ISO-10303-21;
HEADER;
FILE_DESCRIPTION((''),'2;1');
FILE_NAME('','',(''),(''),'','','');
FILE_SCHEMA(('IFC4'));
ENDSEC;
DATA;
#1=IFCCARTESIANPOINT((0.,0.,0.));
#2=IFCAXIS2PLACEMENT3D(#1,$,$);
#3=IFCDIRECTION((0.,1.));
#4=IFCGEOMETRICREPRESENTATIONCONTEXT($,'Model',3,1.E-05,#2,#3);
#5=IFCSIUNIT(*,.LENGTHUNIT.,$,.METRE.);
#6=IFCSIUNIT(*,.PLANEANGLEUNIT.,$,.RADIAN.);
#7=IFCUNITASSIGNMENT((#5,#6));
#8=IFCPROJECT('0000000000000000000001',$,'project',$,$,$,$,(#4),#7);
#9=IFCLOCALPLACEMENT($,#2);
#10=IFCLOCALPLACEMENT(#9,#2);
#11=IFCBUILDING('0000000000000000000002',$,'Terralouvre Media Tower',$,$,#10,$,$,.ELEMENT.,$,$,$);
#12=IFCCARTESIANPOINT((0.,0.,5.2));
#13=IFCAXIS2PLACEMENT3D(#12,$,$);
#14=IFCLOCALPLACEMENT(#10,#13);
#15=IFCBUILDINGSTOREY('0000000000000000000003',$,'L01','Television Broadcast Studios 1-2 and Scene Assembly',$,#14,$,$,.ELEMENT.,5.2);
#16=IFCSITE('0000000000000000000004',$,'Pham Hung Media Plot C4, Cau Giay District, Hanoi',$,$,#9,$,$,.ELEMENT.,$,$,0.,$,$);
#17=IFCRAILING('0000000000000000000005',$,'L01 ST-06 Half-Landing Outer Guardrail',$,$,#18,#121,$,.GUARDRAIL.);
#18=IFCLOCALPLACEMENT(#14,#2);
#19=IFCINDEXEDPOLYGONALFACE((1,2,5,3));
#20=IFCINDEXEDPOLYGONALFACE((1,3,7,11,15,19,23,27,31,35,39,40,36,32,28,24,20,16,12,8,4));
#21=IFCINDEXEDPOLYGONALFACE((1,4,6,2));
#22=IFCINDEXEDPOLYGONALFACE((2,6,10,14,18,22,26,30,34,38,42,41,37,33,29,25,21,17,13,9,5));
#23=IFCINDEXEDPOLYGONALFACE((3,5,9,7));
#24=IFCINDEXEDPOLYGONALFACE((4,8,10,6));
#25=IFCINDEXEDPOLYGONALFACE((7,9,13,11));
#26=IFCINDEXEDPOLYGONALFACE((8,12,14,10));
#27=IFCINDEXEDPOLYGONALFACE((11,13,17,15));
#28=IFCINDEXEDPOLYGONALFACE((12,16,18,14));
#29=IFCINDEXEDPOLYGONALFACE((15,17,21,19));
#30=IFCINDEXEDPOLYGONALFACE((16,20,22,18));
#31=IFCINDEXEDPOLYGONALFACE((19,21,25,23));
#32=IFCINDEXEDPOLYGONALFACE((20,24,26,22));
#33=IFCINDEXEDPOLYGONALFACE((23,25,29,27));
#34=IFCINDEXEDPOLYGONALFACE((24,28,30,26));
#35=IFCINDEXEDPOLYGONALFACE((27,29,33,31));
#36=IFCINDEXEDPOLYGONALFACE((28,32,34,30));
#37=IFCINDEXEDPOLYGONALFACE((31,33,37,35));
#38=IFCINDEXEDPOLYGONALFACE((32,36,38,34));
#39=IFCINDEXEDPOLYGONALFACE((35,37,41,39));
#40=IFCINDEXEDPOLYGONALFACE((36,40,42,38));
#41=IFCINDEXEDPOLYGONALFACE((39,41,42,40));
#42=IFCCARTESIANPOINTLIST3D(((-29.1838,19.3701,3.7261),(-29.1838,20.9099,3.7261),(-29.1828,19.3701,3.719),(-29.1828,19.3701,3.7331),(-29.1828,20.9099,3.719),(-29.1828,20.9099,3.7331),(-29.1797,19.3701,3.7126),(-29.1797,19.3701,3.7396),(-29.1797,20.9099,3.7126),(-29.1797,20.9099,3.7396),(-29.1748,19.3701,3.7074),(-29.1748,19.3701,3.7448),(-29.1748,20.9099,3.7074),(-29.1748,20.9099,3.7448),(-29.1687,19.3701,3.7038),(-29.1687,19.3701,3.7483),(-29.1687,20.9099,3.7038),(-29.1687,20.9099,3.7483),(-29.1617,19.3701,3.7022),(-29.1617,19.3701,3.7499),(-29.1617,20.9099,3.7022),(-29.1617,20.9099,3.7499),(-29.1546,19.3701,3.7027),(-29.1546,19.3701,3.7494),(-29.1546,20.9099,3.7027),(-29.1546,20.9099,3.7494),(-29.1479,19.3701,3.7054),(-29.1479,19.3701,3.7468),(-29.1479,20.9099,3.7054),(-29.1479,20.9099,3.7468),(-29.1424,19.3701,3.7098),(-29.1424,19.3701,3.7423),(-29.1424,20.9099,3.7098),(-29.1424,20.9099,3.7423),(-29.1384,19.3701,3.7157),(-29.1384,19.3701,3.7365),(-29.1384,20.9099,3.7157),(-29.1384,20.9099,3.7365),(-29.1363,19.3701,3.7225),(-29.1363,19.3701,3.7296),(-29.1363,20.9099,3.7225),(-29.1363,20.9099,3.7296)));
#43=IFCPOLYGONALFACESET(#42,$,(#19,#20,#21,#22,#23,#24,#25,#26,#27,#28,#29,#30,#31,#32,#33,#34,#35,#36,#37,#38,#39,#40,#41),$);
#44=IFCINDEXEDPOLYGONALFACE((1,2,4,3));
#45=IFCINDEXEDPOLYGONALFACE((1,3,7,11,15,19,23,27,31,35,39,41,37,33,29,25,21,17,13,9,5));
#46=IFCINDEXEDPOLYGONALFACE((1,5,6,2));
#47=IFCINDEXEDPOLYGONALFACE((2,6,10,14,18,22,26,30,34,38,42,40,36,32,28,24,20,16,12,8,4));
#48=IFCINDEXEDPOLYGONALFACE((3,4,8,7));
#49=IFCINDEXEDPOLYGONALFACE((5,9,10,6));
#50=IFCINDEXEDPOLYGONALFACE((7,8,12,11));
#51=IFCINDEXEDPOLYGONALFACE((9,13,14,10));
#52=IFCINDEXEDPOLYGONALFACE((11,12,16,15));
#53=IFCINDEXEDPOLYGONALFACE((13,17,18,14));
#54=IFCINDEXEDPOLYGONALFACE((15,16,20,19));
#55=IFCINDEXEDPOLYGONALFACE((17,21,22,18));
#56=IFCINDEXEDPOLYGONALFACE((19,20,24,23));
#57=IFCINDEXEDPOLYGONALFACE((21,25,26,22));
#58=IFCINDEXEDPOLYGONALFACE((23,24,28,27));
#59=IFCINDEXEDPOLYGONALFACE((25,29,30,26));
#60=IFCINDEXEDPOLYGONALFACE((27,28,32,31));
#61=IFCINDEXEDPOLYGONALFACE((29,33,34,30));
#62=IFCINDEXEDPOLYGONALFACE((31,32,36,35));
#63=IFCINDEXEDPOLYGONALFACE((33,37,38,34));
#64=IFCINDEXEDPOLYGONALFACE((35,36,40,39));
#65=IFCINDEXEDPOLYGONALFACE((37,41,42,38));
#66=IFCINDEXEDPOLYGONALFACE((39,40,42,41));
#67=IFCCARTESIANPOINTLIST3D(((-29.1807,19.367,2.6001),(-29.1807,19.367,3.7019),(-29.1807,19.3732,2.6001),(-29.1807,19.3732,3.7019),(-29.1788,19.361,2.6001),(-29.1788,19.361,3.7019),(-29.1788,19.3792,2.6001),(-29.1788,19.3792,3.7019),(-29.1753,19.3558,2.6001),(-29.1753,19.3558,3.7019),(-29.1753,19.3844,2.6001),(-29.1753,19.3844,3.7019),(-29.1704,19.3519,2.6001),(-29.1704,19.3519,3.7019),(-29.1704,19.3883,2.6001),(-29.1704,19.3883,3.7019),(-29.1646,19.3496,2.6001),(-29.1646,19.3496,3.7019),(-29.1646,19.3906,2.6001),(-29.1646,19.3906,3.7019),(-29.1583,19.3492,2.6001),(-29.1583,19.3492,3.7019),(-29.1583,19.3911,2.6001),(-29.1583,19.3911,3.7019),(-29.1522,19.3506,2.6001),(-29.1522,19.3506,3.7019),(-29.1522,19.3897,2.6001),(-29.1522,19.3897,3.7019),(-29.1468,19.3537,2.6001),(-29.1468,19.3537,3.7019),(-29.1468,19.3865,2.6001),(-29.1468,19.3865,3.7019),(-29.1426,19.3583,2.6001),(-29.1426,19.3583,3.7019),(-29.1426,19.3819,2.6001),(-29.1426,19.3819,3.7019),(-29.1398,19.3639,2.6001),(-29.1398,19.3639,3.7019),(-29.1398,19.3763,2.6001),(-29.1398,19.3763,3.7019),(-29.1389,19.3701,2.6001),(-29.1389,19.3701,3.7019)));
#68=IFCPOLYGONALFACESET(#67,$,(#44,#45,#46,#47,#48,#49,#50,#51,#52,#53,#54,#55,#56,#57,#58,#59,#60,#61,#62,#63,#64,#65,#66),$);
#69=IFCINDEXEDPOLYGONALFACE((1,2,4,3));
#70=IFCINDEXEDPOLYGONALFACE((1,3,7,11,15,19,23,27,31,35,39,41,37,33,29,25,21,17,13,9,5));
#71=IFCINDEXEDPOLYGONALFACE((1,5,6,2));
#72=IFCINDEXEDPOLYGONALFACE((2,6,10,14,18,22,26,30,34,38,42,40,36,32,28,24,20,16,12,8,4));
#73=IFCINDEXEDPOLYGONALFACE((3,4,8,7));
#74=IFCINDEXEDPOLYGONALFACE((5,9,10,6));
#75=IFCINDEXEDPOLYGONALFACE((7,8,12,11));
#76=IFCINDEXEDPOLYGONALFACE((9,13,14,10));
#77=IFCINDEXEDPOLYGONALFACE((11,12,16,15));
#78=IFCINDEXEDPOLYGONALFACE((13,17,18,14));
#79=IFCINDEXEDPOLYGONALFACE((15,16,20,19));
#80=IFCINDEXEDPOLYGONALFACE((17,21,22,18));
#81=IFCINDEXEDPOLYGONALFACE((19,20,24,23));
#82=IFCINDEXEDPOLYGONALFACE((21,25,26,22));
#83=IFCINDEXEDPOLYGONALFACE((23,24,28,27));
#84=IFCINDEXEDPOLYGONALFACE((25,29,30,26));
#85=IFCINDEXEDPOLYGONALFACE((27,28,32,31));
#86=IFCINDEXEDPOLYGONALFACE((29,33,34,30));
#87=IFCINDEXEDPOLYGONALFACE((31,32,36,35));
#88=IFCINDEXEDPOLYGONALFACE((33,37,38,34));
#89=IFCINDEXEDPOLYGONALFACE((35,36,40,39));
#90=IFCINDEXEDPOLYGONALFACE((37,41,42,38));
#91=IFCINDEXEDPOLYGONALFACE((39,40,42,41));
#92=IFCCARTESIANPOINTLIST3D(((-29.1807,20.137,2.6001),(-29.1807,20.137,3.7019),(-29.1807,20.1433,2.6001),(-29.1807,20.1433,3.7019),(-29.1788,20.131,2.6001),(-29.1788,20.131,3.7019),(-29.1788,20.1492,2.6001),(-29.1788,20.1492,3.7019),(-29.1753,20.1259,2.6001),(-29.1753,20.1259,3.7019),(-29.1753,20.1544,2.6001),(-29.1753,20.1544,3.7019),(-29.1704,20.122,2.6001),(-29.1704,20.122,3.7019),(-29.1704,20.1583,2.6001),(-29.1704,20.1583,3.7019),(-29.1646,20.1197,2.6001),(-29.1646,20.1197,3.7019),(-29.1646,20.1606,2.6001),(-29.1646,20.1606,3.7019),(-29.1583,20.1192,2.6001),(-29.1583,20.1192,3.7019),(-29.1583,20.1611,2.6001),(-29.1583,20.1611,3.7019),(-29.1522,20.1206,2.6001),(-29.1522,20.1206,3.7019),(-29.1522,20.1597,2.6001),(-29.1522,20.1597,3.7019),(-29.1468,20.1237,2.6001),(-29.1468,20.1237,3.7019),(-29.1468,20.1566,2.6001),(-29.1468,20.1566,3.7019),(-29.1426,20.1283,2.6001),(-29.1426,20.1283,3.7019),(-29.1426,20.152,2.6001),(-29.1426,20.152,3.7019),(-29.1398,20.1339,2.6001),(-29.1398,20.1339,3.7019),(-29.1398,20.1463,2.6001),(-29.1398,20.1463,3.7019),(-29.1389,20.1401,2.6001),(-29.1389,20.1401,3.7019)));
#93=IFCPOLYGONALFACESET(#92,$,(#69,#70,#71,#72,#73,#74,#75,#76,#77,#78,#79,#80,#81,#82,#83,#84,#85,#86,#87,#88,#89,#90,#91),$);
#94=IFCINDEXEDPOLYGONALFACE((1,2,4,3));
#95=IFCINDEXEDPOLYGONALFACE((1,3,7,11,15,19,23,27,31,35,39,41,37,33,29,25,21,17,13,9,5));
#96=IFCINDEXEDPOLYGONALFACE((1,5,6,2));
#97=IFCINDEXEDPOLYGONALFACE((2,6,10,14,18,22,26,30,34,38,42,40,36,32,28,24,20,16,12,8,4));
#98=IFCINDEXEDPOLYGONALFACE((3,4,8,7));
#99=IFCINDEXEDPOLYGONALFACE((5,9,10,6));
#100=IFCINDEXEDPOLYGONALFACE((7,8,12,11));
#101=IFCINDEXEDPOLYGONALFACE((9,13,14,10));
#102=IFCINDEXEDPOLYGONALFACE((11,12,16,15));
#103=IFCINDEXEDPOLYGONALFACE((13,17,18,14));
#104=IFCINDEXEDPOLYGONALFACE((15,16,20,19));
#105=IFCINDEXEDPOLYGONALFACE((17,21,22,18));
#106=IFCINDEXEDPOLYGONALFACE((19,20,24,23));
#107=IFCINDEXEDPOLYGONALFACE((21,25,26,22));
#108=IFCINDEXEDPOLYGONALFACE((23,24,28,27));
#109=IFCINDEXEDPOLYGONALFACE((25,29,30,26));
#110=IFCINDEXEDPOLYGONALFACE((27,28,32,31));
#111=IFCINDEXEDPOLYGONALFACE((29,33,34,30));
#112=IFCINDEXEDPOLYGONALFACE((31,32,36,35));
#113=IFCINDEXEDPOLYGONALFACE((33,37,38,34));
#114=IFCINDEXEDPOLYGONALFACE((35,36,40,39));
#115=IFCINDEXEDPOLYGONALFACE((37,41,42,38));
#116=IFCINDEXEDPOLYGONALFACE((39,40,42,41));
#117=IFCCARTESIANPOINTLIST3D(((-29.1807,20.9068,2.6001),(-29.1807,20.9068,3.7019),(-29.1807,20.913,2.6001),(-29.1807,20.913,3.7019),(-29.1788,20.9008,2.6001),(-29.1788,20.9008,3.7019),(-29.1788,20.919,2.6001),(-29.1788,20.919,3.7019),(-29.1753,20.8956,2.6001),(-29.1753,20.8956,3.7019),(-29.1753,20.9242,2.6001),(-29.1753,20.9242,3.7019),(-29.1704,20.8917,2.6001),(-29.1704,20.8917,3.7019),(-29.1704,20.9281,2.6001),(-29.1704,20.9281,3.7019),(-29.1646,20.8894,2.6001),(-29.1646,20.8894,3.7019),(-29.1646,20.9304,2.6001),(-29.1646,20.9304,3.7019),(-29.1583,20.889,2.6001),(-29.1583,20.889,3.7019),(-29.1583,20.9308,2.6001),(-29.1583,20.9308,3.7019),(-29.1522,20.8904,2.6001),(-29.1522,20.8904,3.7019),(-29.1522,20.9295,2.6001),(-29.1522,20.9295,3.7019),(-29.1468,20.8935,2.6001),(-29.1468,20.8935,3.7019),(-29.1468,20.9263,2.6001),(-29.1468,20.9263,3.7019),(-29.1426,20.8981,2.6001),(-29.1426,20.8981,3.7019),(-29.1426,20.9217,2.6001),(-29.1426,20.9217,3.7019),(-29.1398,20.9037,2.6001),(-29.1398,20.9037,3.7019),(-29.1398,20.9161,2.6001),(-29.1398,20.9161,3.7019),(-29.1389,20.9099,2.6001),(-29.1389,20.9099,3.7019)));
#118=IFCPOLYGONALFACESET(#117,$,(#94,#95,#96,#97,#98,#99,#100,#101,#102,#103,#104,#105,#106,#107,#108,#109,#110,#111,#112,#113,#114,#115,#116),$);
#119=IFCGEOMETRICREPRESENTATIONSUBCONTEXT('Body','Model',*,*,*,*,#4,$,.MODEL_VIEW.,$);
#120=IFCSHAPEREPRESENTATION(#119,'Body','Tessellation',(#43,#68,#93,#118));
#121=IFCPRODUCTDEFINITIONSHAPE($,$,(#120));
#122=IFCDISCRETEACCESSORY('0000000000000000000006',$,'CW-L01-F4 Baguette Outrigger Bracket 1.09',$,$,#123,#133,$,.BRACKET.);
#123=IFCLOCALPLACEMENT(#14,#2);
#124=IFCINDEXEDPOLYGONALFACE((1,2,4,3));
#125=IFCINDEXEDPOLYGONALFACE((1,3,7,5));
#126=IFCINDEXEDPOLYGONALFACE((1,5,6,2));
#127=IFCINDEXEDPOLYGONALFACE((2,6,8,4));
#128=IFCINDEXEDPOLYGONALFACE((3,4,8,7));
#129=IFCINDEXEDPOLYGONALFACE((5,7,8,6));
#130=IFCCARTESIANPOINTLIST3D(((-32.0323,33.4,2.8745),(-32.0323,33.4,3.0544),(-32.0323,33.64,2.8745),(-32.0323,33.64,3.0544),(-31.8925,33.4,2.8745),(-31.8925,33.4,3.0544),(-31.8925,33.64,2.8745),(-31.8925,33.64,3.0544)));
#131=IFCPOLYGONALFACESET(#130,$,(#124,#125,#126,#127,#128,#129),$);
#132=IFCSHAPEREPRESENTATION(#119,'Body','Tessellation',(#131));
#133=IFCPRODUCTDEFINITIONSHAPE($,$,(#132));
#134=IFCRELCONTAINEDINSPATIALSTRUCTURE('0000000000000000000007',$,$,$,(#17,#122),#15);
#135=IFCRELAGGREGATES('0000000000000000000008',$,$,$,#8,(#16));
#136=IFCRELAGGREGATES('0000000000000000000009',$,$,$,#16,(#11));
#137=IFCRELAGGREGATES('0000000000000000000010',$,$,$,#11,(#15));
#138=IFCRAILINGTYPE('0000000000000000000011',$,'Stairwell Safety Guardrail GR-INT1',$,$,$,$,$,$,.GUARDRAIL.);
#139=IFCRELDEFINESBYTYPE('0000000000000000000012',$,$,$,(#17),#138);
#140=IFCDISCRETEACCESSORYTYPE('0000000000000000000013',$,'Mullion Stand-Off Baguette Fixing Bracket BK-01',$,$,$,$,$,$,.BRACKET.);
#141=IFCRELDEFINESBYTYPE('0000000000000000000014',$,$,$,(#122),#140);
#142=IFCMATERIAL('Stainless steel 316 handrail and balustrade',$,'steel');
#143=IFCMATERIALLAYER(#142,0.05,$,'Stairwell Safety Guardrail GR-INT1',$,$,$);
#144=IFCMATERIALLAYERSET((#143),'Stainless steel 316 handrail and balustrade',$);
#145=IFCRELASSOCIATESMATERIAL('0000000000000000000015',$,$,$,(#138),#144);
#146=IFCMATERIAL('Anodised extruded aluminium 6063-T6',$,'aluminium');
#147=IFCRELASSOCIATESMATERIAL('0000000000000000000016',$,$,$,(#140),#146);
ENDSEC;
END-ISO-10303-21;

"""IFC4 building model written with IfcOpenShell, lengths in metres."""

from ifc_helpers import new_model, si_unit, direction, frame, origin, origin_2d, place, context, subcontext, project, spatial, rectangle, circle, extrude, material, layer, layer_set, type_object, element, save


model = new_model("IFC4")

# Units and contexts
model_context = context("Model", 3, precision=1e-05, world=origin(), true_north=direction((0.0, 1.0)))
body_context = subcontext(model_context, "Body", "Model", "MODEL_VIEW")
ifc_project = project(units=[si_unit("LENGTHUNIT", "METRE"), si_unit("PLANEANGLEUNIT", "RADIAN")], contexts=[model_context])

# Site, building, storey
site_placement = place(None, origin())
site = spatial("IfcSite", under=ifc_project, at=site_placement, Name="Pham Hung Media Plot C4, Cau Giay District, Hanoi", CompositionType="ELEMENT", RefElevation=0.0)
building_placement = place(site_placement, origin())
building = spatial("IfcBuilding", under=site, at=building_placement, Name="Terralouvre Media Tower", CompositionType="ELEMENT")
storey_placement = place(building_placement, frame((0.0, 0.0, 5.2)))
storey = spatial("IfcBuildingStorey", under=building, at=storey_placement, Name="L01", Description="Television Broadcast Studios 1-2 and Scene Assembly", CompositionType="ELEMENT", Elevation=5.2)

# Railing
ifc_material_1 = material(Name="Stainless steel 316 handrail and balustrade", Category="steel")
ifc_layer_1 = layer(ifc_material_1, 0.05, Name="Stairwell Safety Guardrail GR-INT1")
ifc_layer_set_1 = layer_set([ifc_layer_1], Name="Stainless steel 316 handrail and balustrade")
railing_type_1 = type_object("IfcRailingType", Name="Stairwell Safety Guardrail GR-INT1", PredefinedType="GUARDRAIL", material=ifc_layer_set_1)
railing_1_placement = place(storey_placement, frame((-29.1599, 19.3701, 2.6001)))
element("IfcRailing", 1, at=railing_1_placement, inside=storey, type_object=railing_type_1, Name="L01 ST-06 Half-Landing Outer Guardrail", PredefinedType="GUARDRAIL", context=body_context, shape_type="SweptSolid", body=[
    extrude(circle(Radius=0.0239, at=origin_2d()), frame((0.0, 0.0, 1.126), z_axis=(0.0, 1.0, 0.0), x_axis=(-1.0, 0.0, 0.0)), (0.0, 0.0, 1.0), 1.5398),
    extrude(circle(Radius=0.021, at=origin_2d()), origin(), (0.0, 0.0, 1.0), 1.1018),
    extrude(circle(Radius=0.021, at=origin_2d()), frame((0.0, 0.77, 0.0)), (0.0, 0.0, 1.0), 1.1018),
    extrude(circle(Radius=0.021, at=origin_2d()), frame((0.0, 1.5398, 0.0)), (0.0, 0.0, 1.0), 1.1018),
])

# Discrete accessory
ifc_material_2 = material(Name="Anodised extruded aluminium 6063-T6", Category="aluminium")
discrete_accessory_type = type_object("IfcDiscreteAccessoryType", Name="Mullion Stand-Off Baguette Fixing Bracket BK-01", PredefinedType="BRACKET", material=ifc_material_2)
discrete_accessory_placement = place(storey_placement, frame((-31.9624, 33.52, 2.8745), z_axis=(0.0, 0.0, 1.0), x_axis=(-1.0, 0.0, 0.0)))
element("IfcDiscreteAccessory", 2, at=discrete_accessory_placement, inside=storey, type_object=discrete_accessory_type, Name="CW-L01-F4 Baguette Outrigger Bracket 1.09", PredefinedType="BRACKET", context=body_context, shape_type="SweptSolid", body=[
    extrude(rectangle(XDim=0.1399, YDim=0.24, at=origin_2d()), origin(), (0.0, 0.0, 1.0), 0.1799),
])

save(model, "model.ifc")
